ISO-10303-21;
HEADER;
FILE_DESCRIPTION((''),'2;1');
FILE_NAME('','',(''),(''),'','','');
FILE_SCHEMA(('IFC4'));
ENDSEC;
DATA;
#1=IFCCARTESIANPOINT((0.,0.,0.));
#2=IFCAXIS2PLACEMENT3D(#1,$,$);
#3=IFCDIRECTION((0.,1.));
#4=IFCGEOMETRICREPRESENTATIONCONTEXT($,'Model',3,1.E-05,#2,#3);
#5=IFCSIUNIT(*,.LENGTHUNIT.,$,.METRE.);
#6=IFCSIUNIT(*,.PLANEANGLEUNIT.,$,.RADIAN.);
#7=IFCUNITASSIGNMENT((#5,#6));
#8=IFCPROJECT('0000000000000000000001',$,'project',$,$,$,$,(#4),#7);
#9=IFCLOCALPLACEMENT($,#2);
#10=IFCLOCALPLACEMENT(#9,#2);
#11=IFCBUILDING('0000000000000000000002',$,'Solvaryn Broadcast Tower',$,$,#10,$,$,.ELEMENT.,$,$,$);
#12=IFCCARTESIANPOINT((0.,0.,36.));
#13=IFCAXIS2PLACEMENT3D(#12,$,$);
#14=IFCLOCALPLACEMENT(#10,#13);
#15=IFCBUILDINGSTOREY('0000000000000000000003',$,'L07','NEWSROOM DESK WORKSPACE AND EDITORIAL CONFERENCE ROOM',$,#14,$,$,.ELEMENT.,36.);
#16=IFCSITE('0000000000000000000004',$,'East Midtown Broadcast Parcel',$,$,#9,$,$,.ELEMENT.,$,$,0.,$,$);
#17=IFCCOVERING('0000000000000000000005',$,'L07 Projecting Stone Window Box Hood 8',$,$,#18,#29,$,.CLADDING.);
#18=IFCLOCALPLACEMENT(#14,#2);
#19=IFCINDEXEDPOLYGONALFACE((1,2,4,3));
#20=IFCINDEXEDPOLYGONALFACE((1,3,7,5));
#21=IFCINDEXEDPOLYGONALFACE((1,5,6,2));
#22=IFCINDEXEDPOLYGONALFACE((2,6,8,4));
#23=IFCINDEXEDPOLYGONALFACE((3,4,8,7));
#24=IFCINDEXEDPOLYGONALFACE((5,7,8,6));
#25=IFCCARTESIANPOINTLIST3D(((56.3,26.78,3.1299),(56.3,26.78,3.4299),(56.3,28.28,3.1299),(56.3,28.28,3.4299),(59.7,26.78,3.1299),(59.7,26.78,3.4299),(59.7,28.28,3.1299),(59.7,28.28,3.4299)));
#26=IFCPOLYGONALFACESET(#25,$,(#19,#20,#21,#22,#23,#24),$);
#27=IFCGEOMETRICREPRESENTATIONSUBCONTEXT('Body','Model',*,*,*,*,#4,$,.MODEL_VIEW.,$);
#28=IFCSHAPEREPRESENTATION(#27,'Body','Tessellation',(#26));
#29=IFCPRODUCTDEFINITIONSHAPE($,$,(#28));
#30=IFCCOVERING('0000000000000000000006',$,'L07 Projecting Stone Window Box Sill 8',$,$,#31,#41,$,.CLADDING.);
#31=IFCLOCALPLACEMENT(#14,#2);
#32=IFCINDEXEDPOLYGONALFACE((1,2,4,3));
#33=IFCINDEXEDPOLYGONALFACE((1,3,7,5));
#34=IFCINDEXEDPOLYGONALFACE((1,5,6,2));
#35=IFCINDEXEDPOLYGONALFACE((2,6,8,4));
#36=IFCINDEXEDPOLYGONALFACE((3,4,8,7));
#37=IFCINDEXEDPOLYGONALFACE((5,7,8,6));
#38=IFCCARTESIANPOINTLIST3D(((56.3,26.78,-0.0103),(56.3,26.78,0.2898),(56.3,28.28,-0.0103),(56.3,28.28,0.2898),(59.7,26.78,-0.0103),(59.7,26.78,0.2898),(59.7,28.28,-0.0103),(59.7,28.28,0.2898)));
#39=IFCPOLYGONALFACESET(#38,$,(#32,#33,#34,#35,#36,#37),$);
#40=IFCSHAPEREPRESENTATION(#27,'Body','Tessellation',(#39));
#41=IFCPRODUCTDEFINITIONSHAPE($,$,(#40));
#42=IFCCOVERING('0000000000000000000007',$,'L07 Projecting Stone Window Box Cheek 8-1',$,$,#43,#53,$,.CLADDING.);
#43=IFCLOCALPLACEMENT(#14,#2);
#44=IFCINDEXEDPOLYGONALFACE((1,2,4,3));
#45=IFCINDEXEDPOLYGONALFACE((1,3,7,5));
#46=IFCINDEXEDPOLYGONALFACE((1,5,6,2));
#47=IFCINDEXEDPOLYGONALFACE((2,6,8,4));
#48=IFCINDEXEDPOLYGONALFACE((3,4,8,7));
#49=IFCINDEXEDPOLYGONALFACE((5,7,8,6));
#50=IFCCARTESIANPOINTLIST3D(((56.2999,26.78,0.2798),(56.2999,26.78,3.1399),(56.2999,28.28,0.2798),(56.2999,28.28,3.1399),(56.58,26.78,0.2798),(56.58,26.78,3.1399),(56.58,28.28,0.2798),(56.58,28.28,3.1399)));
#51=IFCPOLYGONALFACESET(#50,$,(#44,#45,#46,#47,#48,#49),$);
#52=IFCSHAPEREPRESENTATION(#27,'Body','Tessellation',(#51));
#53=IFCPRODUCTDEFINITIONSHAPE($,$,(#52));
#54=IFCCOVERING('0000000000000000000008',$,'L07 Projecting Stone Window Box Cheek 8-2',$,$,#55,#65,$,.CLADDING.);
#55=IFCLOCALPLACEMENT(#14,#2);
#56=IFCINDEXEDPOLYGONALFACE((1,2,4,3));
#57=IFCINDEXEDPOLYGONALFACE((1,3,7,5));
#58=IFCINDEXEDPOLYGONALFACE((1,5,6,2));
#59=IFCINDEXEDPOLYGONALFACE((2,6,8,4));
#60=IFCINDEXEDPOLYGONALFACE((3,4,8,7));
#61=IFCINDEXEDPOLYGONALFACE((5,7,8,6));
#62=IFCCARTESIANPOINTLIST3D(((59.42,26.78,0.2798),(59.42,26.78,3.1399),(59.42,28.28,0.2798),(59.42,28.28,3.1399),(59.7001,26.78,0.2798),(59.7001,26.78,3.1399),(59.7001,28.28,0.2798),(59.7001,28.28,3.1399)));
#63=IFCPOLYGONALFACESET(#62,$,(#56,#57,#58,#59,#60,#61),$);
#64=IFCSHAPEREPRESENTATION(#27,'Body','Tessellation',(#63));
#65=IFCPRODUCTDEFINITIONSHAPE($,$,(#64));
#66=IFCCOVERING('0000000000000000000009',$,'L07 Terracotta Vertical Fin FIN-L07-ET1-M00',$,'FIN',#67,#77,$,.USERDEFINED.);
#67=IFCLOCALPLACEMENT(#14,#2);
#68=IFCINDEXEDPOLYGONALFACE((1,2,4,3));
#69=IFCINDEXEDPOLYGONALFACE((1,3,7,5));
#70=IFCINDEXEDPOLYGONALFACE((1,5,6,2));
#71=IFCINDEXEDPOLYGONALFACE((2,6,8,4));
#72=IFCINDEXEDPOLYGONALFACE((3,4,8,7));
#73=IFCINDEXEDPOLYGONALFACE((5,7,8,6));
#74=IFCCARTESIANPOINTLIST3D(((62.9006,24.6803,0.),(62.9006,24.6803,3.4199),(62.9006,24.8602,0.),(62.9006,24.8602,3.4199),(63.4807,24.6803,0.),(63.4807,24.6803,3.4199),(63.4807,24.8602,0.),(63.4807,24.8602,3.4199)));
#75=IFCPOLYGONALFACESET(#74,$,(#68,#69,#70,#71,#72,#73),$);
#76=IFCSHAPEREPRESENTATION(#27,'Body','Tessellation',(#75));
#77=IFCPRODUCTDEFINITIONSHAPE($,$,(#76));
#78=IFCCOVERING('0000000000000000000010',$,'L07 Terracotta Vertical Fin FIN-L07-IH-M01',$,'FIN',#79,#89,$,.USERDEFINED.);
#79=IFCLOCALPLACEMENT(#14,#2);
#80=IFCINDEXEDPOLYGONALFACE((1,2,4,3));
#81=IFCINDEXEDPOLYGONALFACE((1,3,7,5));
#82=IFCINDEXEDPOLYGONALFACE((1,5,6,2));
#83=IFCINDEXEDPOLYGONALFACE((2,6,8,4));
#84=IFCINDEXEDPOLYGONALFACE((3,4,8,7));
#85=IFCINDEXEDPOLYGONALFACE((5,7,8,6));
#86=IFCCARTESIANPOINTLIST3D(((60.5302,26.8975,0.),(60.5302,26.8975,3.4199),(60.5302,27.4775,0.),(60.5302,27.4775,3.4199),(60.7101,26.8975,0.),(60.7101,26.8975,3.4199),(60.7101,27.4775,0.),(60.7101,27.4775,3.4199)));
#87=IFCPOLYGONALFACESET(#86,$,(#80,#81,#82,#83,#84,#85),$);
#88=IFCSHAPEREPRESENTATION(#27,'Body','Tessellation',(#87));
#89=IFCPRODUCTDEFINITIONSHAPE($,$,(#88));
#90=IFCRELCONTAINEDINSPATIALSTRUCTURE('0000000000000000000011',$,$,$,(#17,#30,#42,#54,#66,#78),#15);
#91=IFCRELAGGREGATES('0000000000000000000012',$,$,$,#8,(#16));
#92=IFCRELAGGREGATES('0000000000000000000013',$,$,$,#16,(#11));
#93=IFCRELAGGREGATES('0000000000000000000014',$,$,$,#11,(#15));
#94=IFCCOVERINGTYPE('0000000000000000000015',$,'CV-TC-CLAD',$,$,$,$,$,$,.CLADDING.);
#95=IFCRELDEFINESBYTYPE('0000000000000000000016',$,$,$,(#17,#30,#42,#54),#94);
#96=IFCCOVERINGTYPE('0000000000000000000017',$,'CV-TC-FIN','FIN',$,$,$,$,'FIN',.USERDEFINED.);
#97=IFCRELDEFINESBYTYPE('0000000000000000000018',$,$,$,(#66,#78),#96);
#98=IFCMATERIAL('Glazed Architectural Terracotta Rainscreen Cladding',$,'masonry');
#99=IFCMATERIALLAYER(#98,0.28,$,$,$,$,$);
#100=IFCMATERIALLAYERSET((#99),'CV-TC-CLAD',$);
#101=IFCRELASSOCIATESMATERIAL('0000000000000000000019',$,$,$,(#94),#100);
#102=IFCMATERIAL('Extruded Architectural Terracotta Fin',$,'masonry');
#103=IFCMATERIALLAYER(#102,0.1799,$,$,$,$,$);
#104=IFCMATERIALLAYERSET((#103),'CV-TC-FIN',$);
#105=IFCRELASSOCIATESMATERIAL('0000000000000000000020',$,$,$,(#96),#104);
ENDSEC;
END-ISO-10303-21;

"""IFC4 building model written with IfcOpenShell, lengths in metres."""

from ifc_helpers import new_model, si_unit, direction, frame, origin, origin_2d, place, context, subcontext, project, spatial, rectangle, extrude, material, layer, layer_set, type_object, element, save


model = new_model("IFC4")

# Units and contexts
model_context = context("Model", 3, precision=1e-05, world=origin(), true_north=direction((0.0, 1.0)))
body_context = subcontext(model_context, "Body", "Model", "MODEL_VIEW")
ifc_project = project(units=[si_unit("LENGTHUNIT", "METRE"), si_unit("PLANEANGLEUNIT", "RADIAN")], contexts=[model_context])

# Site, building, storey
site_placement = place(None, origin())
site = spatial("IfcSite", under=ifc_project, at=site_placement, Name="East Midtown Broadcast Parcel", CompositionType="ELEMENT", RefElevation=0.0)
building_placement = place(site_placement, origin())
building = spatial("IfcBuilding", under=site, at=building_placement, Name="Solvaryn Broadcast Tower", CompositionType="ELEMENT")
storey_placement = place(building_placement, frame((0.0, 0.0, 36.0)))
storey = spatial("IfcBuildingStorey", under=building, at=storey_placement, Name="L07", Description="NEWSROOM DESK WORKSPACE AND EDITORIAL CONFERENCE ROOM", CompositionType="ELEMENT", Elevation=36.0)

# Coverings
ifc_material_1 = material(Name="Glazed Architectural Terracotta Rainscreen Cladding", Category="masonry")
ifc_layer_1 = layer(ifc_material_1, 0.28)
ifc_layer_set_1 = layer_set([ifc_layer_1], Name="CV-TC-CLAD")
covering_type_1 = type_object("IfcCoveringType", Name="CV-TC-CLAD", PredefinedType="CLADDING", material=ifc_layer_set_1)
for number, where, z_axis, x_axis, name in (
    (1, (58.0, 27.53, 3.1299), (0.0, 0.0, 1.0), (1.0, 0.0, 0.0), "L07 Projecting Stone Window Box Hood 8"),
    (2, (58.0, 27.53, -0.0103), (0.0, 0.0, 1.0), (1.0, 0.0, 0.0), "L07 Projecting Stone Window Box Sill 8"),
):
    element("IfcCovering", number, at=place(storey_placement, frame(where, z_axis=z_axis, x_axis=x_axis)), inside=storey, type_object=covering_type_1, Name=name, PredefinedType="CLADDING", context=body_context, shape_type="SweptSolid", body=[
        extrude(rectangle(XDim=3.3999, YDim=1.5, at=origin_2d()), origin(), (0.0, 0.0, 1.0), 0.3),
    ])
for number, where, z_axis, x_axis, name in (
    (3, (56.4399, 27.53, 0.2798), (0.0, 0.0, 1.0), (1.0, 0.0, 0.0), "L07 Projecting Stone Window Box Cheek 8-1"),
    (4, (59.5601, 27.53, 0.2798), (0.0, 0.0, 1.0), (1.0, 0.0, 0.0), "L07 Projecting Stone Window Box Cheek 8-2"),
):
    element("IfcCovering", number, at=place(storey_placement, frame(where, z_axis=z_axis, x_axis=x_axis)), inside=storey, type_object=covering_type_1, Name=name, PredefinedType="CLADDING", context=body_context, shape_type="SweptSolid", body=[
        extrude(rectangle(XDim=0.28, YDim=1.5, at=origin_2d()), origin(), (0.0, 0.0, 1.0), 2.8601),
    ])
ifc_material_2 = material(Name="Extruded Architectural Terracotta Fin", Category="masonry")
ifc_layer_2 = layer(ifc_material_2, 0.1799)
ifc_layer_set_2 = layer_set([ifc_layer_2], Name="CV-TC-FIN")
covering_type_2 = type_object("IfcCoveringType", Name="CV-TC-FIN", Description="FIN", ElementType="FIN", PredefinedType="USERDEFINED", material=ifc_layer_set_2)
covering_1_placement = place(storey_placement, frame((63.1907, 24.7703, 0.0), z_axis=(0.0, 0.0, 1.0), x_axis=(1.0, 0.0, 0.0)))
element("IfcCovering", 5, at=covering_1_placement, inside=storey, type_object=covering_type_2, Name="L07 Terracotta Vertical Fin FIN-L07-ET1-M00", ObjectType="FIN", PredefinedType="USERDEFINED", context=body_context, shape_type="SweptSolid", body=[
    extrude(rectangle(XDim=0.5801, YDim=0.1799, at=origin_2d()), origin(), (0.0, 0.0, 1.0), 3.4199),
])
covering_2_placement = place(storey_placement, frame((60.6201, 27.1875, 0.0), z_axis=(0.0, 0.0, 1.0), x_axis=(1.0, 0.0, 0.0)))
element("IfcCovering", 6, at=covering_2_placement, inside=storey, type_object=covering_type_2, Name="L07 Terracotta Vertical Fin FIN-L07-IH-M01", ObjectType="FIN", PredefinedType="USERDEFINED", context=body_context, shape_type="SweptSolid", body=[
    extrude(rectangle(XDim=0.1799, YDim=0.5801, at=origin_2d()), origin(), (0.0, 0.0, 1.0), 3.4199),
])

save(model, "model.ifc")
